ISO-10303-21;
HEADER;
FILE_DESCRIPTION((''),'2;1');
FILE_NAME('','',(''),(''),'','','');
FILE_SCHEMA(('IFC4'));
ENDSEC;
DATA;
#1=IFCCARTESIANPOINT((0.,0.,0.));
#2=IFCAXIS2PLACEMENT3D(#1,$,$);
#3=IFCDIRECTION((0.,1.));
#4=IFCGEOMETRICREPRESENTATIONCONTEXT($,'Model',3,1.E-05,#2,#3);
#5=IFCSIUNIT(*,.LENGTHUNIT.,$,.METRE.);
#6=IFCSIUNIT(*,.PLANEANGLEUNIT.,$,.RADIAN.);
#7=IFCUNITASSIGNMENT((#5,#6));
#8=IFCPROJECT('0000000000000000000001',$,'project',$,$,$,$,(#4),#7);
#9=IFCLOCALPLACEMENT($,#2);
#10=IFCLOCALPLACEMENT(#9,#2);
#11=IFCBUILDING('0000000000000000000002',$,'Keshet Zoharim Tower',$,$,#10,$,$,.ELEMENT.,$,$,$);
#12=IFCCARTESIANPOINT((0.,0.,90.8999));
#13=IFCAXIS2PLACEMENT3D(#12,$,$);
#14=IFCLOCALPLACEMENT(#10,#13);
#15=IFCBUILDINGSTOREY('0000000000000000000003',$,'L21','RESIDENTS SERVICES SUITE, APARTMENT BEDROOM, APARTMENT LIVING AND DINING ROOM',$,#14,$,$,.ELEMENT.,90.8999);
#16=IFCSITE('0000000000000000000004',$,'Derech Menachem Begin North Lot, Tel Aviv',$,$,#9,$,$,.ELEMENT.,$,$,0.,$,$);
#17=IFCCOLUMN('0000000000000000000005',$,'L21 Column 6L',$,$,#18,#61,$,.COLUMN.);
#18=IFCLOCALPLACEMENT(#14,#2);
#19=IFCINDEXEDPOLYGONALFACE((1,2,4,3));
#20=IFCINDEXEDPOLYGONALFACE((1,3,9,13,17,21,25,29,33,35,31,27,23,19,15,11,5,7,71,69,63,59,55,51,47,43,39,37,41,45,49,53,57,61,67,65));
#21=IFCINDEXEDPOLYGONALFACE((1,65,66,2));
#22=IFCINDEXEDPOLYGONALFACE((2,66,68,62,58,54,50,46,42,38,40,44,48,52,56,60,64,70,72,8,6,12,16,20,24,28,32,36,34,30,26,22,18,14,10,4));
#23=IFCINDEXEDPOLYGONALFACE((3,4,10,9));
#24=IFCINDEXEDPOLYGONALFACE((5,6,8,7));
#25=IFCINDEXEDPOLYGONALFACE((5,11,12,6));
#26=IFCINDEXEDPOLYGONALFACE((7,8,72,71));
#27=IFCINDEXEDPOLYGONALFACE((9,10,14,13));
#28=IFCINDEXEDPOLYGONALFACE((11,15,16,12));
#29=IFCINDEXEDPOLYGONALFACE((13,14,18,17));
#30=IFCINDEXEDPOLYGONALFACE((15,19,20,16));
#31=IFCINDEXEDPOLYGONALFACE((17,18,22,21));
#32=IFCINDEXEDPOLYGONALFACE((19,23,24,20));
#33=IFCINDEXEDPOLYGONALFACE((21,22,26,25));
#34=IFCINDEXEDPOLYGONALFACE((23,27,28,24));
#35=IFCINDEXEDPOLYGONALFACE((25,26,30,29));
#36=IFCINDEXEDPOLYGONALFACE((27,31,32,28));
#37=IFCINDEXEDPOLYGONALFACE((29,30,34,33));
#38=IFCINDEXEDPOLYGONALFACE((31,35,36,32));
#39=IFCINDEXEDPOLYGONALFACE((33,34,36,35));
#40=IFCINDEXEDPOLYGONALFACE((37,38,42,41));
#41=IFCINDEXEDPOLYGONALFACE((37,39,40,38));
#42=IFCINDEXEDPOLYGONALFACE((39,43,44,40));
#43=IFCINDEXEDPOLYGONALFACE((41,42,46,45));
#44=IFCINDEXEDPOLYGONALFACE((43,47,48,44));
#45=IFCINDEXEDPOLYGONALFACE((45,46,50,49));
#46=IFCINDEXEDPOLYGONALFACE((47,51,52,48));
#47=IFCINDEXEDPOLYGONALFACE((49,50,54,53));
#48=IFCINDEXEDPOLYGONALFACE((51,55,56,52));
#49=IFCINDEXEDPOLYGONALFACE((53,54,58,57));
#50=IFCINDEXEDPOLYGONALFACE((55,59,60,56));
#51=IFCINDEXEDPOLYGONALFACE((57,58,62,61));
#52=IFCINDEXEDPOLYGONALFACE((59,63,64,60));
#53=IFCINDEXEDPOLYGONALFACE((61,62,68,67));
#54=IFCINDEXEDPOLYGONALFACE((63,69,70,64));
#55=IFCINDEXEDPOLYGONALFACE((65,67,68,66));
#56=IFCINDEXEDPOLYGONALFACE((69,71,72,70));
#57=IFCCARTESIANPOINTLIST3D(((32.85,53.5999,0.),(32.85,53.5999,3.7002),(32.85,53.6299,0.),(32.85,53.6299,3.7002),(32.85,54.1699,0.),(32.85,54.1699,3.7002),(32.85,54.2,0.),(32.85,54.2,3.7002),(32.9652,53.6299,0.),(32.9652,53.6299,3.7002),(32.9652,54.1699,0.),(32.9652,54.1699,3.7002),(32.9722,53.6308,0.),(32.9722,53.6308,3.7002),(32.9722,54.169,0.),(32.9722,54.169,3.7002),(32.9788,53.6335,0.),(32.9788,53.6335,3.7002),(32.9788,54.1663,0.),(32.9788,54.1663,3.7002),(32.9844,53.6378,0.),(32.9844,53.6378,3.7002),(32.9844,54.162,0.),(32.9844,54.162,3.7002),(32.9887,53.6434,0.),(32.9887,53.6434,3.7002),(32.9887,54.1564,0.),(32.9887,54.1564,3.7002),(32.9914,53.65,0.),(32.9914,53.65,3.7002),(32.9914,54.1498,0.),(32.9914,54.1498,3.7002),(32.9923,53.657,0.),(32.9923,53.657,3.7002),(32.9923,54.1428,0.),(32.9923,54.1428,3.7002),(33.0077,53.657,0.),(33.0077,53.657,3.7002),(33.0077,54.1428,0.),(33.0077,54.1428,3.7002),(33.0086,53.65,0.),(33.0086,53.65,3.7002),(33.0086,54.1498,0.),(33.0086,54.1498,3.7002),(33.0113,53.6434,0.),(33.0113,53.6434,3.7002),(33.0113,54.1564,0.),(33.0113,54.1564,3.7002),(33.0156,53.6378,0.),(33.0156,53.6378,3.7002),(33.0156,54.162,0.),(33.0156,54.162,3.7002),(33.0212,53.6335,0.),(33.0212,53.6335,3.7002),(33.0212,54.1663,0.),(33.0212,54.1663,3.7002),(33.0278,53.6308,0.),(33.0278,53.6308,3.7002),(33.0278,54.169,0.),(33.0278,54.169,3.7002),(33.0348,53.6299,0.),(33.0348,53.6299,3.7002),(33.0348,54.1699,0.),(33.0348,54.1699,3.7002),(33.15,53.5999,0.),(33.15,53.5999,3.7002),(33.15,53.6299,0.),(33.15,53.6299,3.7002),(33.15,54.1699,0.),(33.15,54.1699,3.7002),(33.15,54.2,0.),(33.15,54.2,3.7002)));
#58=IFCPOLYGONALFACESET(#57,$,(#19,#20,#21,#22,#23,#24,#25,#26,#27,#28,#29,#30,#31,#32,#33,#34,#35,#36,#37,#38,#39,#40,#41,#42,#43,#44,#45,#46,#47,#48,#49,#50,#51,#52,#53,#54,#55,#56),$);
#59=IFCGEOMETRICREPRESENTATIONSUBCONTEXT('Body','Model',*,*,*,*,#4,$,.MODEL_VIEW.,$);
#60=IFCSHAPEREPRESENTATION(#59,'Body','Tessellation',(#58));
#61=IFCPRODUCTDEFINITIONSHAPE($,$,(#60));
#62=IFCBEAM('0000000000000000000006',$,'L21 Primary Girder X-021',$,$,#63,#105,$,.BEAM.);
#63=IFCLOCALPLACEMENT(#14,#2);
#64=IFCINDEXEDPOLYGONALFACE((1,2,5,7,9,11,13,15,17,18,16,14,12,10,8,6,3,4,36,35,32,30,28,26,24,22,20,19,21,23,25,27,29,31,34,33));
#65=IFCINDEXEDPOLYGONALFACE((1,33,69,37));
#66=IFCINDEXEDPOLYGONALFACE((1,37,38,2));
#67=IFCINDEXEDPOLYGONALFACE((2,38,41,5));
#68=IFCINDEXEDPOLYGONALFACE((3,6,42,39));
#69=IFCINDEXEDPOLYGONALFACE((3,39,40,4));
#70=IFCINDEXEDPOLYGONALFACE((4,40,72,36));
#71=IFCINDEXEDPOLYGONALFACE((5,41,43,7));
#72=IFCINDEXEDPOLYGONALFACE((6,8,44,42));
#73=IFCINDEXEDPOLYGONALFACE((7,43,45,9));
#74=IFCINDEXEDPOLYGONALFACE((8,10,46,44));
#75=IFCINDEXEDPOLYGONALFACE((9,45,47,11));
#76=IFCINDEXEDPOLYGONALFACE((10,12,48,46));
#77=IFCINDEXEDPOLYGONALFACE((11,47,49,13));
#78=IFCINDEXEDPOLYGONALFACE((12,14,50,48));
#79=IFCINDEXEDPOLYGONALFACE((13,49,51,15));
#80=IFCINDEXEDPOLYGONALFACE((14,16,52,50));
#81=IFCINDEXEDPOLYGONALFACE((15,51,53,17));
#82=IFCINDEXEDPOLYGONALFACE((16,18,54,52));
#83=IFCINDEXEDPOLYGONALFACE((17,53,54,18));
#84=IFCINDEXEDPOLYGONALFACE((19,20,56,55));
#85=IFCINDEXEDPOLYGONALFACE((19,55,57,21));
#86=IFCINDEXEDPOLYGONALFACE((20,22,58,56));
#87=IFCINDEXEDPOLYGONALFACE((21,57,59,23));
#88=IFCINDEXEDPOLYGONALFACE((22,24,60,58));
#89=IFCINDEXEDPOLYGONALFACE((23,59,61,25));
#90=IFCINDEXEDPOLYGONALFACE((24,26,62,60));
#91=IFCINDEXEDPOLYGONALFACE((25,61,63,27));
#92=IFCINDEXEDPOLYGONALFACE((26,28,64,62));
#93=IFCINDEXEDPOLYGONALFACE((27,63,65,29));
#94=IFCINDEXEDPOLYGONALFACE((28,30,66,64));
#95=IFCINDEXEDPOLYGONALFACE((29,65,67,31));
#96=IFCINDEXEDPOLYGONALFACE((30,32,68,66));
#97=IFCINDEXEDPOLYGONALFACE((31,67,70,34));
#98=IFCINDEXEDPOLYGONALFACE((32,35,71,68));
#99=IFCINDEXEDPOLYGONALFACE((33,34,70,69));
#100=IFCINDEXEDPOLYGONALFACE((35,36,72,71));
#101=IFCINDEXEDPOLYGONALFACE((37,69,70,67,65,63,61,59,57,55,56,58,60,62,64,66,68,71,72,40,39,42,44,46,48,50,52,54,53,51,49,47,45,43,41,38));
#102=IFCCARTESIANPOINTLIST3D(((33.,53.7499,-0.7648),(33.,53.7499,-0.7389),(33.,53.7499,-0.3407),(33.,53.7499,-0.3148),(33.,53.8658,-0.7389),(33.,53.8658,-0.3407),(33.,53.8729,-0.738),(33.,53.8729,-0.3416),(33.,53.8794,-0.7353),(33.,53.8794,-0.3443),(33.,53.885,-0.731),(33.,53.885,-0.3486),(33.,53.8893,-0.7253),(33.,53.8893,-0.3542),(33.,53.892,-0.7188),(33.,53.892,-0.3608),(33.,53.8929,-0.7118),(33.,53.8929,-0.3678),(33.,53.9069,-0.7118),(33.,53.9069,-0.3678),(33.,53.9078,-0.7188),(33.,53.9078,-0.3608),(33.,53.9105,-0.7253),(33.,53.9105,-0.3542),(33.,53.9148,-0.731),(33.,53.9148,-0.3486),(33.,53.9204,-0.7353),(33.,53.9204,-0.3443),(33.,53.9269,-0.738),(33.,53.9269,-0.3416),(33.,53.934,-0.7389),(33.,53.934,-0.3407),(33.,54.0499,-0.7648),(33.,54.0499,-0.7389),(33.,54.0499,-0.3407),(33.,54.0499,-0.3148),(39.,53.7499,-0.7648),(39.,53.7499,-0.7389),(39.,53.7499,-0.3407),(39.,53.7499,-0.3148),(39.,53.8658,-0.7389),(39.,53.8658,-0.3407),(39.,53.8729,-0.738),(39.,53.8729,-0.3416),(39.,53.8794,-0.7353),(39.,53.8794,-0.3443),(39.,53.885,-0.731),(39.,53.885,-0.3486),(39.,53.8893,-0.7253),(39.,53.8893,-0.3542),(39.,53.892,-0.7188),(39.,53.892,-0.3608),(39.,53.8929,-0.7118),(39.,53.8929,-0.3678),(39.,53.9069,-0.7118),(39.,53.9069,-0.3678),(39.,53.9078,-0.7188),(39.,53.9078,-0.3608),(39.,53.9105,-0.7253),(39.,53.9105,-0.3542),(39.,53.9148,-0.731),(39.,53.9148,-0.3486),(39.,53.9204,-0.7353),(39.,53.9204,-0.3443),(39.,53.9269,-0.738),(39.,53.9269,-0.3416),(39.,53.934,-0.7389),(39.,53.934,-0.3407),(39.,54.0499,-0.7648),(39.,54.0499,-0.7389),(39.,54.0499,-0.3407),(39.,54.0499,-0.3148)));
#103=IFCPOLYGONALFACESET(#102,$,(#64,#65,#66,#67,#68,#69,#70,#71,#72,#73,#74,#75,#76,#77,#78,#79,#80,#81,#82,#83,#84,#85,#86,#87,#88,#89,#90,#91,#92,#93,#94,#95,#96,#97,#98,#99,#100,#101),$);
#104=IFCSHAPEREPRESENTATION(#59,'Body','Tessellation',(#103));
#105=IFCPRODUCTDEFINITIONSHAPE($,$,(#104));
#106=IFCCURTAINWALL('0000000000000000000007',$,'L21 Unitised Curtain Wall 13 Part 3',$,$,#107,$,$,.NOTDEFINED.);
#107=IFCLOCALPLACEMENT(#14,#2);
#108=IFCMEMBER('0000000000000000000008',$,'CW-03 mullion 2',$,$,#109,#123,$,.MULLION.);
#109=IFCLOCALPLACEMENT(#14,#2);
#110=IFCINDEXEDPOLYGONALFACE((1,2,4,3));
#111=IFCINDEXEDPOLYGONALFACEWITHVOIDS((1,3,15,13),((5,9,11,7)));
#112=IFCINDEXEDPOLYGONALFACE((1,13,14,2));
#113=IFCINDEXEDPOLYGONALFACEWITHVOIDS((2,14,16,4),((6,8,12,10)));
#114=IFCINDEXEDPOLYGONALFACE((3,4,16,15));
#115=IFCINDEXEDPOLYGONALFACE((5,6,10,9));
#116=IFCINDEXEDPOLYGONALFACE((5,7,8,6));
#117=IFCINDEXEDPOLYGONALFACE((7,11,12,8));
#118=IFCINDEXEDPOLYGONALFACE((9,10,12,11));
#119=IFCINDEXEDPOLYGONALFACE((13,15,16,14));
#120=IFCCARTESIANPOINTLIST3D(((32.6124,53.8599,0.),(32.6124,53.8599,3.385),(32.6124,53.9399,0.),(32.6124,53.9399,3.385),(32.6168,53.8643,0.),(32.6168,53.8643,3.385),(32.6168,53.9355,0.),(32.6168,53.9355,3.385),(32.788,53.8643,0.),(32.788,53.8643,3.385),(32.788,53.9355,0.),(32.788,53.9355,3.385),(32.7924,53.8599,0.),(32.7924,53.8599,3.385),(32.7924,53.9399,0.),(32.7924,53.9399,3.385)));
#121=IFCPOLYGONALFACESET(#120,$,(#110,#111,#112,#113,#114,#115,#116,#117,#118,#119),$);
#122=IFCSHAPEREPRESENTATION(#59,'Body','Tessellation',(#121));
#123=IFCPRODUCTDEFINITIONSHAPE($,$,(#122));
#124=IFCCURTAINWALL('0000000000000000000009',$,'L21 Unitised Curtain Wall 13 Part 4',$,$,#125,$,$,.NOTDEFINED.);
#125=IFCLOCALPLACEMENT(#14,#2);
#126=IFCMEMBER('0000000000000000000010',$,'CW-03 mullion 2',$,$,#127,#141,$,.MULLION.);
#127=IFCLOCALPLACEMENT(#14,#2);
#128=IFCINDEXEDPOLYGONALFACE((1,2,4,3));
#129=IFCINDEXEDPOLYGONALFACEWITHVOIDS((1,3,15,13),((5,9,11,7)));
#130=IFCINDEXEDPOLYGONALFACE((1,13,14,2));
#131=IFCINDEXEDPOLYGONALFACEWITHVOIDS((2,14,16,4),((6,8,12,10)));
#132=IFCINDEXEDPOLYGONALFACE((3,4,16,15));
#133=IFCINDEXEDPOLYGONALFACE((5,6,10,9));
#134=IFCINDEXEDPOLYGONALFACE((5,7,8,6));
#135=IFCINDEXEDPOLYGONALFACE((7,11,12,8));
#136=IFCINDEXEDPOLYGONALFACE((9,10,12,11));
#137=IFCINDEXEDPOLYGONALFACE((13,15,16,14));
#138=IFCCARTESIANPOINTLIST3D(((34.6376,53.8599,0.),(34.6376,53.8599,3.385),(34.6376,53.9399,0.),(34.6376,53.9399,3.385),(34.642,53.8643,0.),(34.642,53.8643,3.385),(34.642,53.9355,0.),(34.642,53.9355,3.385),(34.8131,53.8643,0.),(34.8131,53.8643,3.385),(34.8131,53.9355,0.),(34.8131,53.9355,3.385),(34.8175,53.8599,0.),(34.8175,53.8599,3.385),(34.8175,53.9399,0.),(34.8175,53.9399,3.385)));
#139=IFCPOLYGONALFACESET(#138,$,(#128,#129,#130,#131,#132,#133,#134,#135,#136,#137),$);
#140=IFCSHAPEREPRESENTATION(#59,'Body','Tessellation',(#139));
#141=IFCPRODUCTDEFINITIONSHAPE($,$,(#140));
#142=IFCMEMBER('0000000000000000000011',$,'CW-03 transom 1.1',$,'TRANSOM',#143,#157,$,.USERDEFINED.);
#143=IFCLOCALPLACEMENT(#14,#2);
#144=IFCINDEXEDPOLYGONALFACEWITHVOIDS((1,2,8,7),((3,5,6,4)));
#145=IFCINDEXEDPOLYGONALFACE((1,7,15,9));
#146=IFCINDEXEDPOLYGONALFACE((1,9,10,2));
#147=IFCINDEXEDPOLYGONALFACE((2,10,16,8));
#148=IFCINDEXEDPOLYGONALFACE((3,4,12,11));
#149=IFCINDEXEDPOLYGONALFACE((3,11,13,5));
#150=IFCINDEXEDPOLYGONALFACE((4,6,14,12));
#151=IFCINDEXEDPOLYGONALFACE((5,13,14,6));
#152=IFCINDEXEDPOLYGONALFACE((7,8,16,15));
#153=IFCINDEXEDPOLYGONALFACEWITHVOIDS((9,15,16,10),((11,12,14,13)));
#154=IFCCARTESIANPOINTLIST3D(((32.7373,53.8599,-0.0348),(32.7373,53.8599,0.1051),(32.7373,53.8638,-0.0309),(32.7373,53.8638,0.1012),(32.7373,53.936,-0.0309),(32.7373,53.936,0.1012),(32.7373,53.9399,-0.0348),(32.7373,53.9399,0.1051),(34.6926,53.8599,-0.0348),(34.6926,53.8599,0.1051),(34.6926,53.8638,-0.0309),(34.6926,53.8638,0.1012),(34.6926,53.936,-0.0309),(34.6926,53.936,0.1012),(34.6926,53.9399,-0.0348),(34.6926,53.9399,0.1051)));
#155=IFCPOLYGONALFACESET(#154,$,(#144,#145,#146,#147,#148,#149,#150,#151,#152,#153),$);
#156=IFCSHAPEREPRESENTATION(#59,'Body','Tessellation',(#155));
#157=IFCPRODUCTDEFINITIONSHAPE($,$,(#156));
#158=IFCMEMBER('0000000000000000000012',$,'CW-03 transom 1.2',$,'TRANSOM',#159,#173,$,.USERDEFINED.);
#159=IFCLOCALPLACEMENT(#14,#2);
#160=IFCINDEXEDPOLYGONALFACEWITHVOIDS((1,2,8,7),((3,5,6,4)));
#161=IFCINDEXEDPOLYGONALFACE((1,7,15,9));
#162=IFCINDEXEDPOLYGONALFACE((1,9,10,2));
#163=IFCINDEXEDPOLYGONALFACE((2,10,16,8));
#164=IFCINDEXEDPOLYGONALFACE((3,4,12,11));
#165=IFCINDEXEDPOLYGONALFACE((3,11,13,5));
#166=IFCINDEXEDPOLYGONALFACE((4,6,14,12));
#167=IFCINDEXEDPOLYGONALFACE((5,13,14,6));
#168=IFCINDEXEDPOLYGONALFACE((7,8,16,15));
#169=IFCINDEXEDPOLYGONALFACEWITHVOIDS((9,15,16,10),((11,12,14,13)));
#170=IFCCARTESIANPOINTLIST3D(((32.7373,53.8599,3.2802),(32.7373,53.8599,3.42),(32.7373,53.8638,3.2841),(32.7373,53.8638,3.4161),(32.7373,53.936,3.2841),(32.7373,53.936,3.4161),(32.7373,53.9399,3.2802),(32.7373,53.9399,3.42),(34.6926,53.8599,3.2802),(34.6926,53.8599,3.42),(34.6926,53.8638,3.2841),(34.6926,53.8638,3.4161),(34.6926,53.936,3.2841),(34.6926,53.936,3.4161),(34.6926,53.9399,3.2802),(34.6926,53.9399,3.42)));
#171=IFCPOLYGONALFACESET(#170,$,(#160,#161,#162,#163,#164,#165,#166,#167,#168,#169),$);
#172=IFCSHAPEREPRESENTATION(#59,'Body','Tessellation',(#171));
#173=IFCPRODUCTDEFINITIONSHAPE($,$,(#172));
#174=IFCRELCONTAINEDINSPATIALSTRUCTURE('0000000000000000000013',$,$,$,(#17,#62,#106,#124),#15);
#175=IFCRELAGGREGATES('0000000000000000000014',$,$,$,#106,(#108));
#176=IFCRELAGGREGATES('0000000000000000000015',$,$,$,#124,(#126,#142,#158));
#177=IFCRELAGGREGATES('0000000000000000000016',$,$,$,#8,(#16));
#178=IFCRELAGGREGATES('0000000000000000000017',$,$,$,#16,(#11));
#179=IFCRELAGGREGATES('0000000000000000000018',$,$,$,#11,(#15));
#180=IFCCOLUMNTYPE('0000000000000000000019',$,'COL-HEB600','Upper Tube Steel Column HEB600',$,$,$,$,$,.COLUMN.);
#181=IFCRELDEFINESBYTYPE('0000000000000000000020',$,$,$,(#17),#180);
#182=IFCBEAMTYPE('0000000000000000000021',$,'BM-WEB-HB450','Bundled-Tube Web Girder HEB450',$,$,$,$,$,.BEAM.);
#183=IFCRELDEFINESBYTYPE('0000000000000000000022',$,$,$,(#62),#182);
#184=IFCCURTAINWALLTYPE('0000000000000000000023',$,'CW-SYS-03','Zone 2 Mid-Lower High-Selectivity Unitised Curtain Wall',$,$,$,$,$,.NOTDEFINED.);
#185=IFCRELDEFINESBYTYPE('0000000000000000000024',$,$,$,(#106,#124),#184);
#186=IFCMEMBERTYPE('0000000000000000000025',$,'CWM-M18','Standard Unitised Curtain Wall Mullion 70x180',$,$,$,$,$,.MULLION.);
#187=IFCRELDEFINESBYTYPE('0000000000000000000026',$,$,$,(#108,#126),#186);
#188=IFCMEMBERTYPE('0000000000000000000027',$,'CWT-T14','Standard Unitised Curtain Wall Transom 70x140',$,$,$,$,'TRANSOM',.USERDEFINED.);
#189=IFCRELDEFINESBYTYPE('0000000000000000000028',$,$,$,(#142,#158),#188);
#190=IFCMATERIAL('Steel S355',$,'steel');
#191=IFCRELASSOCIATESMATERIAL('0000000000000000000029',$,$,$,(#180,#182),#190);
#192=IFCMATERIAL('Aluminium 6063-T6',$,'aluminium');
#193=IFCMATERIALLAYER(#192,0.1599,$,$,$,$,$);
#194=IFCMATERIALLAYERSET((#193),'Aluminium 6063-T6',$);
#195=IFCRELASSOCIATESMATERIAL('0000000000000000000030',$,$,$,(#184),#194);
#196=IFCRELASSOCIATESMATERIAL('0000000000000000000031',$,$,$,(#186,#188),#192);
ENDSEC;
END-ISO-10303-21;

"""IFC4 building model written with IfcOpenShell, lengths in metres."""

from ifc_helpers import new_model, si_unit, direction, frame, origin, origin_2d, place, context, subcontext, project, spatial, hollow_rectangle, i_section, extrude, material, layer, layer_set, material_profile, profile_set, type_object, element, aggregate, save


model = new_model("IFC4")

# Units and contexts
model_context = context("Model", 3, precision=1e-05, world=origin(), true_north=direction((0.0, 1.0)))
body_context = subcontext(model_context, "Body", "Model", "MODEL_VIEW")
ifc_project = project(units=[si_unit("LENGTHUNIT", "METRE"), si_unit("PLANEANGLEUNIT", "RADIAN")], contexts=[model_context])

# Site, building, storey
site_placement = place(None, origin())
site = spatial("IfcSite", under=ifc_project, at=site_placement, Name="Derech Menachem Begin North Lot, Tel Aviv", CompositionType="ELEMENT", RefElevation=0.0)
building_placement = place(site_placement, origin())
building = spatial("IfcBuilding", under=site, at=building_placement, Name="Keshet Zoharim Tower", CompositionType="ELEMENT")
storey_placement = place(building_placement, frame((0.0, 0.0, 90.8999)))
storey = spatial("IfcBuildingStorey", under=building, at=storey_placement, Name="L21", Description="RESIDENTS SERVICES SUITE, APARTMENT BEDROOM, APARTMENT LIVING AND DINING ROOM", CompositionType="ELEMENT", Elevation=90.8999)

# Column
ifc_material_1 = material(Name="Steel S355", Category="steel")
ifc_material_profile_1 = material_profile(ifc_material_1, i_section(OverallWidth=0.3, OverallDepth=0.6001, WebThickness=0.0154, FlangeThickness=0.03, FilletRadius=0.0271, at=origin_2d()), Name="HEB600")
ifc_profile_set_1 = profile_set([ifc_material_profile_1], Name="Steel S355")
column_type = type_object("IfcColumnType", Name="COL-HEB600", Description="Upper Tube Steel Column HEB600", PredefinedType="COLUMN", material=ifc_profile_set_1)
column_placement = place(storey_placement, frame((33.0, 53.8999, 0.0), z_axis=(0.0, 0.0, 1.0), x_axis=(1.0, 0.0, 0.0)))
element("IfcColumn", 1, at=column_placement, inside=storey, type_object=column_type, Name="L21 Column 6L", PredefinedType="COLUMN", context=body_context, shape_type="SweptSolid", body=[
    extrude(i_section(OverallWidth=0.3, OverallDepth=0.6001, WebThickness=0.0154, FlangeThickness=0.03, FilletRadius=0.0271, at=origin_2d()), origin(), (0.0, 0.0, 1.0), 3.7002),
])

# Beam
ifc_material_profile_2 = material_profile(ifc_material_1, i_section(OverallWidth=0.3, OverallDepth=0.45, WebThickness=0.0139, FlangeThickness=0.0259, FilletRadius=0.0271, at=origin_2d()), Name="HEB450")
ifc_profile_set_2 = profile_set([ifc_material_profile_2], Name="Steel S355")
beam_type = type_object("IfcBeamType", Name="BM-WEB-HB450", Description="Bundled-Tube Web Girder HEB450", PredefinedType="BEAM", material=ifc_profile_set_2)
beam_placement = place(storey_placement, frame((33.0, 53.8999, -0.5398), z_axis=(1.0, 0.0, 0.0), x_axis=(0.0, 1.0, 0.0)))
element("IfcBeam", 2, at=beam_placement, inside=storey, type_object=beam_type, Name="L21 Primary Girder X-021", PredefinedType="BEAM", context=body_context, shape_type="SweptSolid", body=[
    extrude(i_section(OverallWidth=0.3, OverallDepth=0.45, WebThickness=0.0139, FlangeThickness=0.0259, FilletRadius=0.0271, at=origin_2d()), origin(), (0.0, 0.0, 1.0), 6.0),
])

# Curtain wall, member
ifc_material_2 = material(Name="Aluminium 6063-T6", Category="aluminium")
ifc_layer_1 = layer(ifc_material_2, 0.1599)
ifc_layer_set_1 = layer_set([ifc_layer_1], Name="Aluminium 6063-T6")
curtain_wall_type = type_object("IfcCurtainWallType", Name="CW-SYS-03", Description="Zone 2 Mid-Lower High-Selectivity Unitised Curtain Wall", PredefinedType="NOTDEFINED", material=ifc_layer_set_1)
curtain_wall_1_placement = place(storey_placement, origin())
curtain_wall_1 = element("IfcCurtainWall", 3, at=curtain_wall_1_placement, inside=storey, type_object=curtain_wall_type, Name="L21 Unitised Curtain Wall 13 Part 3", PredefinedType="NOTDEFINED")
ifc_material_profile_3 = material_profile(ifc_material_2, hollow_rectangle(XDim=0.0801, YDim=0.1799, WallThickness=0.0044, at=origin_2d()), Name="MUL-80x180")
ifc_profile_set_3 = profile_set([ifc_material_profile_3], Name="Aluminium 6063-T6")
member_type_1 = type_object("IfcMemberType", Name="CWM-M18", Description="Standard Unitised Curtain Wall Mullion 70x180", PredefinedType="MULLION", material=ifc_profile_set_3)
member_1_placement = place(storey_placement, frame((32.7024, 53.8999, 0.0), z_axis=(0.0, 0.0, 1.0), x_axis=(0.0, 1.0, 0.0)))
member_1 = element("IfcMember", 4, at=member_1_placement, type_object=member_type_1, Name="CW-03 mullion 2", PredefinedType="MULLION", context=body_context, shape_type="SweptSolid", body=[
    extrude(hollow_rectangle(XDim=0.0801, YDim=0.1799, WallThickness=0.0044, at=origin_2d()), origin(), (0.0, 0.0, 1.0), 3.385),
])
aggregate(curtain_wall_1, [member_1])

# Curtain wall, members
curtain_wall_2_placement = place(storey_placement, origin())
curtain_wall_2 = element("IfcCurtainWall", 5, at=curtain_wall_2_placement, inside=storey, type_object=curtain_wall_type, Name="L21 Unitised Curtain Wall 13 Part 4", PredefinedType="NOTDEFINED")
member_2_placement = place(storey_placement, frame((34.7275, 53.8999, 0.0), z_axis=(0.0, 0.0, 1.0), x_axis=(0.0, 1.0, 0.0)))
member_2 = element("IfcMember", 6, at=member_2_placement, type_object=member_type_1, Name="CW-03 mullion 2", PredefinedType="MULLION", context=body_context, shape_type="SweptSolid", body=[
    extrude(hollow_rectangle(XDim=0.0801, YDim=0.1799, WallThickness=0.0044, at=origin_2d()), origin(), (0.0, 0.0, 1.0), 3.385),
])
ifc_material_profile_4 = material_profile(ifc_material_2, hollow_rectangle(XDim=0.0801, YDim=0.1399, WallThickness=0.0039, at=origin_2d()), Name="TRN-80x140")
ifc_profile_set_4 = profile_set([ifc_material_profile_4], Name="Aluminium 6063-T6")
member_type_2 = type_object("IfcMemberType", Name="CWT-T14", Description="Standard Unitised Curtain Wall Transom 70x140", ElementType="TRANSOM", PredefinedType="USERDEFINED", material=ifc_profile_set_4)
member_3_placement = place(storey_placement, frame((32.7373, 53.8999, 0.0352), z_axis=(1.0, 0.0, 0.0), x_axis=(0.0, 1.0, 0.0)))
member_3 = element("IfcMember", 7, at=member_3_placement, type_object=member_type_2, Name="CW-03 transom 1.1", ObjectType="TRANSOM", PredefinedType="USERDEFINED", context=body_context, shape_type="SweptSolid", body=[
    extrude(hollow_rectangle(XDim=0.0801, YDim=0.1399, WallThickness=0.0039, at=origin_2d()), origin(), (0.0, 0.0, 1.0), 1.9553),
])
member_4_placement = place(storey_placement, frame((32.7373, 53.8999, 3.3501), z_axis=(1.0, 0.0, 0.0), x_axis=(0.0, 1.0, 0.0)))
member_4 = element("IfcMember", 8, at=member_4_placement, type_object=member_type_2, Name="CW-03 transom 1.2", ObjectType="TRANSOM", PredefinedType="USERDEFINED", context=body_context, shape_type="SweptSolid", body=[
    extrude(hollow_rectangle(XDim=0.0801, YDim=0.1399, WallThickness=0.0039, at=origin_2d()), origin(), (0.0, 0.0, 1.0), 1.9553),
])

aggregate(curtain_wall_2, [member_2, member_3, member_4])

save(model, "model.ifc")
